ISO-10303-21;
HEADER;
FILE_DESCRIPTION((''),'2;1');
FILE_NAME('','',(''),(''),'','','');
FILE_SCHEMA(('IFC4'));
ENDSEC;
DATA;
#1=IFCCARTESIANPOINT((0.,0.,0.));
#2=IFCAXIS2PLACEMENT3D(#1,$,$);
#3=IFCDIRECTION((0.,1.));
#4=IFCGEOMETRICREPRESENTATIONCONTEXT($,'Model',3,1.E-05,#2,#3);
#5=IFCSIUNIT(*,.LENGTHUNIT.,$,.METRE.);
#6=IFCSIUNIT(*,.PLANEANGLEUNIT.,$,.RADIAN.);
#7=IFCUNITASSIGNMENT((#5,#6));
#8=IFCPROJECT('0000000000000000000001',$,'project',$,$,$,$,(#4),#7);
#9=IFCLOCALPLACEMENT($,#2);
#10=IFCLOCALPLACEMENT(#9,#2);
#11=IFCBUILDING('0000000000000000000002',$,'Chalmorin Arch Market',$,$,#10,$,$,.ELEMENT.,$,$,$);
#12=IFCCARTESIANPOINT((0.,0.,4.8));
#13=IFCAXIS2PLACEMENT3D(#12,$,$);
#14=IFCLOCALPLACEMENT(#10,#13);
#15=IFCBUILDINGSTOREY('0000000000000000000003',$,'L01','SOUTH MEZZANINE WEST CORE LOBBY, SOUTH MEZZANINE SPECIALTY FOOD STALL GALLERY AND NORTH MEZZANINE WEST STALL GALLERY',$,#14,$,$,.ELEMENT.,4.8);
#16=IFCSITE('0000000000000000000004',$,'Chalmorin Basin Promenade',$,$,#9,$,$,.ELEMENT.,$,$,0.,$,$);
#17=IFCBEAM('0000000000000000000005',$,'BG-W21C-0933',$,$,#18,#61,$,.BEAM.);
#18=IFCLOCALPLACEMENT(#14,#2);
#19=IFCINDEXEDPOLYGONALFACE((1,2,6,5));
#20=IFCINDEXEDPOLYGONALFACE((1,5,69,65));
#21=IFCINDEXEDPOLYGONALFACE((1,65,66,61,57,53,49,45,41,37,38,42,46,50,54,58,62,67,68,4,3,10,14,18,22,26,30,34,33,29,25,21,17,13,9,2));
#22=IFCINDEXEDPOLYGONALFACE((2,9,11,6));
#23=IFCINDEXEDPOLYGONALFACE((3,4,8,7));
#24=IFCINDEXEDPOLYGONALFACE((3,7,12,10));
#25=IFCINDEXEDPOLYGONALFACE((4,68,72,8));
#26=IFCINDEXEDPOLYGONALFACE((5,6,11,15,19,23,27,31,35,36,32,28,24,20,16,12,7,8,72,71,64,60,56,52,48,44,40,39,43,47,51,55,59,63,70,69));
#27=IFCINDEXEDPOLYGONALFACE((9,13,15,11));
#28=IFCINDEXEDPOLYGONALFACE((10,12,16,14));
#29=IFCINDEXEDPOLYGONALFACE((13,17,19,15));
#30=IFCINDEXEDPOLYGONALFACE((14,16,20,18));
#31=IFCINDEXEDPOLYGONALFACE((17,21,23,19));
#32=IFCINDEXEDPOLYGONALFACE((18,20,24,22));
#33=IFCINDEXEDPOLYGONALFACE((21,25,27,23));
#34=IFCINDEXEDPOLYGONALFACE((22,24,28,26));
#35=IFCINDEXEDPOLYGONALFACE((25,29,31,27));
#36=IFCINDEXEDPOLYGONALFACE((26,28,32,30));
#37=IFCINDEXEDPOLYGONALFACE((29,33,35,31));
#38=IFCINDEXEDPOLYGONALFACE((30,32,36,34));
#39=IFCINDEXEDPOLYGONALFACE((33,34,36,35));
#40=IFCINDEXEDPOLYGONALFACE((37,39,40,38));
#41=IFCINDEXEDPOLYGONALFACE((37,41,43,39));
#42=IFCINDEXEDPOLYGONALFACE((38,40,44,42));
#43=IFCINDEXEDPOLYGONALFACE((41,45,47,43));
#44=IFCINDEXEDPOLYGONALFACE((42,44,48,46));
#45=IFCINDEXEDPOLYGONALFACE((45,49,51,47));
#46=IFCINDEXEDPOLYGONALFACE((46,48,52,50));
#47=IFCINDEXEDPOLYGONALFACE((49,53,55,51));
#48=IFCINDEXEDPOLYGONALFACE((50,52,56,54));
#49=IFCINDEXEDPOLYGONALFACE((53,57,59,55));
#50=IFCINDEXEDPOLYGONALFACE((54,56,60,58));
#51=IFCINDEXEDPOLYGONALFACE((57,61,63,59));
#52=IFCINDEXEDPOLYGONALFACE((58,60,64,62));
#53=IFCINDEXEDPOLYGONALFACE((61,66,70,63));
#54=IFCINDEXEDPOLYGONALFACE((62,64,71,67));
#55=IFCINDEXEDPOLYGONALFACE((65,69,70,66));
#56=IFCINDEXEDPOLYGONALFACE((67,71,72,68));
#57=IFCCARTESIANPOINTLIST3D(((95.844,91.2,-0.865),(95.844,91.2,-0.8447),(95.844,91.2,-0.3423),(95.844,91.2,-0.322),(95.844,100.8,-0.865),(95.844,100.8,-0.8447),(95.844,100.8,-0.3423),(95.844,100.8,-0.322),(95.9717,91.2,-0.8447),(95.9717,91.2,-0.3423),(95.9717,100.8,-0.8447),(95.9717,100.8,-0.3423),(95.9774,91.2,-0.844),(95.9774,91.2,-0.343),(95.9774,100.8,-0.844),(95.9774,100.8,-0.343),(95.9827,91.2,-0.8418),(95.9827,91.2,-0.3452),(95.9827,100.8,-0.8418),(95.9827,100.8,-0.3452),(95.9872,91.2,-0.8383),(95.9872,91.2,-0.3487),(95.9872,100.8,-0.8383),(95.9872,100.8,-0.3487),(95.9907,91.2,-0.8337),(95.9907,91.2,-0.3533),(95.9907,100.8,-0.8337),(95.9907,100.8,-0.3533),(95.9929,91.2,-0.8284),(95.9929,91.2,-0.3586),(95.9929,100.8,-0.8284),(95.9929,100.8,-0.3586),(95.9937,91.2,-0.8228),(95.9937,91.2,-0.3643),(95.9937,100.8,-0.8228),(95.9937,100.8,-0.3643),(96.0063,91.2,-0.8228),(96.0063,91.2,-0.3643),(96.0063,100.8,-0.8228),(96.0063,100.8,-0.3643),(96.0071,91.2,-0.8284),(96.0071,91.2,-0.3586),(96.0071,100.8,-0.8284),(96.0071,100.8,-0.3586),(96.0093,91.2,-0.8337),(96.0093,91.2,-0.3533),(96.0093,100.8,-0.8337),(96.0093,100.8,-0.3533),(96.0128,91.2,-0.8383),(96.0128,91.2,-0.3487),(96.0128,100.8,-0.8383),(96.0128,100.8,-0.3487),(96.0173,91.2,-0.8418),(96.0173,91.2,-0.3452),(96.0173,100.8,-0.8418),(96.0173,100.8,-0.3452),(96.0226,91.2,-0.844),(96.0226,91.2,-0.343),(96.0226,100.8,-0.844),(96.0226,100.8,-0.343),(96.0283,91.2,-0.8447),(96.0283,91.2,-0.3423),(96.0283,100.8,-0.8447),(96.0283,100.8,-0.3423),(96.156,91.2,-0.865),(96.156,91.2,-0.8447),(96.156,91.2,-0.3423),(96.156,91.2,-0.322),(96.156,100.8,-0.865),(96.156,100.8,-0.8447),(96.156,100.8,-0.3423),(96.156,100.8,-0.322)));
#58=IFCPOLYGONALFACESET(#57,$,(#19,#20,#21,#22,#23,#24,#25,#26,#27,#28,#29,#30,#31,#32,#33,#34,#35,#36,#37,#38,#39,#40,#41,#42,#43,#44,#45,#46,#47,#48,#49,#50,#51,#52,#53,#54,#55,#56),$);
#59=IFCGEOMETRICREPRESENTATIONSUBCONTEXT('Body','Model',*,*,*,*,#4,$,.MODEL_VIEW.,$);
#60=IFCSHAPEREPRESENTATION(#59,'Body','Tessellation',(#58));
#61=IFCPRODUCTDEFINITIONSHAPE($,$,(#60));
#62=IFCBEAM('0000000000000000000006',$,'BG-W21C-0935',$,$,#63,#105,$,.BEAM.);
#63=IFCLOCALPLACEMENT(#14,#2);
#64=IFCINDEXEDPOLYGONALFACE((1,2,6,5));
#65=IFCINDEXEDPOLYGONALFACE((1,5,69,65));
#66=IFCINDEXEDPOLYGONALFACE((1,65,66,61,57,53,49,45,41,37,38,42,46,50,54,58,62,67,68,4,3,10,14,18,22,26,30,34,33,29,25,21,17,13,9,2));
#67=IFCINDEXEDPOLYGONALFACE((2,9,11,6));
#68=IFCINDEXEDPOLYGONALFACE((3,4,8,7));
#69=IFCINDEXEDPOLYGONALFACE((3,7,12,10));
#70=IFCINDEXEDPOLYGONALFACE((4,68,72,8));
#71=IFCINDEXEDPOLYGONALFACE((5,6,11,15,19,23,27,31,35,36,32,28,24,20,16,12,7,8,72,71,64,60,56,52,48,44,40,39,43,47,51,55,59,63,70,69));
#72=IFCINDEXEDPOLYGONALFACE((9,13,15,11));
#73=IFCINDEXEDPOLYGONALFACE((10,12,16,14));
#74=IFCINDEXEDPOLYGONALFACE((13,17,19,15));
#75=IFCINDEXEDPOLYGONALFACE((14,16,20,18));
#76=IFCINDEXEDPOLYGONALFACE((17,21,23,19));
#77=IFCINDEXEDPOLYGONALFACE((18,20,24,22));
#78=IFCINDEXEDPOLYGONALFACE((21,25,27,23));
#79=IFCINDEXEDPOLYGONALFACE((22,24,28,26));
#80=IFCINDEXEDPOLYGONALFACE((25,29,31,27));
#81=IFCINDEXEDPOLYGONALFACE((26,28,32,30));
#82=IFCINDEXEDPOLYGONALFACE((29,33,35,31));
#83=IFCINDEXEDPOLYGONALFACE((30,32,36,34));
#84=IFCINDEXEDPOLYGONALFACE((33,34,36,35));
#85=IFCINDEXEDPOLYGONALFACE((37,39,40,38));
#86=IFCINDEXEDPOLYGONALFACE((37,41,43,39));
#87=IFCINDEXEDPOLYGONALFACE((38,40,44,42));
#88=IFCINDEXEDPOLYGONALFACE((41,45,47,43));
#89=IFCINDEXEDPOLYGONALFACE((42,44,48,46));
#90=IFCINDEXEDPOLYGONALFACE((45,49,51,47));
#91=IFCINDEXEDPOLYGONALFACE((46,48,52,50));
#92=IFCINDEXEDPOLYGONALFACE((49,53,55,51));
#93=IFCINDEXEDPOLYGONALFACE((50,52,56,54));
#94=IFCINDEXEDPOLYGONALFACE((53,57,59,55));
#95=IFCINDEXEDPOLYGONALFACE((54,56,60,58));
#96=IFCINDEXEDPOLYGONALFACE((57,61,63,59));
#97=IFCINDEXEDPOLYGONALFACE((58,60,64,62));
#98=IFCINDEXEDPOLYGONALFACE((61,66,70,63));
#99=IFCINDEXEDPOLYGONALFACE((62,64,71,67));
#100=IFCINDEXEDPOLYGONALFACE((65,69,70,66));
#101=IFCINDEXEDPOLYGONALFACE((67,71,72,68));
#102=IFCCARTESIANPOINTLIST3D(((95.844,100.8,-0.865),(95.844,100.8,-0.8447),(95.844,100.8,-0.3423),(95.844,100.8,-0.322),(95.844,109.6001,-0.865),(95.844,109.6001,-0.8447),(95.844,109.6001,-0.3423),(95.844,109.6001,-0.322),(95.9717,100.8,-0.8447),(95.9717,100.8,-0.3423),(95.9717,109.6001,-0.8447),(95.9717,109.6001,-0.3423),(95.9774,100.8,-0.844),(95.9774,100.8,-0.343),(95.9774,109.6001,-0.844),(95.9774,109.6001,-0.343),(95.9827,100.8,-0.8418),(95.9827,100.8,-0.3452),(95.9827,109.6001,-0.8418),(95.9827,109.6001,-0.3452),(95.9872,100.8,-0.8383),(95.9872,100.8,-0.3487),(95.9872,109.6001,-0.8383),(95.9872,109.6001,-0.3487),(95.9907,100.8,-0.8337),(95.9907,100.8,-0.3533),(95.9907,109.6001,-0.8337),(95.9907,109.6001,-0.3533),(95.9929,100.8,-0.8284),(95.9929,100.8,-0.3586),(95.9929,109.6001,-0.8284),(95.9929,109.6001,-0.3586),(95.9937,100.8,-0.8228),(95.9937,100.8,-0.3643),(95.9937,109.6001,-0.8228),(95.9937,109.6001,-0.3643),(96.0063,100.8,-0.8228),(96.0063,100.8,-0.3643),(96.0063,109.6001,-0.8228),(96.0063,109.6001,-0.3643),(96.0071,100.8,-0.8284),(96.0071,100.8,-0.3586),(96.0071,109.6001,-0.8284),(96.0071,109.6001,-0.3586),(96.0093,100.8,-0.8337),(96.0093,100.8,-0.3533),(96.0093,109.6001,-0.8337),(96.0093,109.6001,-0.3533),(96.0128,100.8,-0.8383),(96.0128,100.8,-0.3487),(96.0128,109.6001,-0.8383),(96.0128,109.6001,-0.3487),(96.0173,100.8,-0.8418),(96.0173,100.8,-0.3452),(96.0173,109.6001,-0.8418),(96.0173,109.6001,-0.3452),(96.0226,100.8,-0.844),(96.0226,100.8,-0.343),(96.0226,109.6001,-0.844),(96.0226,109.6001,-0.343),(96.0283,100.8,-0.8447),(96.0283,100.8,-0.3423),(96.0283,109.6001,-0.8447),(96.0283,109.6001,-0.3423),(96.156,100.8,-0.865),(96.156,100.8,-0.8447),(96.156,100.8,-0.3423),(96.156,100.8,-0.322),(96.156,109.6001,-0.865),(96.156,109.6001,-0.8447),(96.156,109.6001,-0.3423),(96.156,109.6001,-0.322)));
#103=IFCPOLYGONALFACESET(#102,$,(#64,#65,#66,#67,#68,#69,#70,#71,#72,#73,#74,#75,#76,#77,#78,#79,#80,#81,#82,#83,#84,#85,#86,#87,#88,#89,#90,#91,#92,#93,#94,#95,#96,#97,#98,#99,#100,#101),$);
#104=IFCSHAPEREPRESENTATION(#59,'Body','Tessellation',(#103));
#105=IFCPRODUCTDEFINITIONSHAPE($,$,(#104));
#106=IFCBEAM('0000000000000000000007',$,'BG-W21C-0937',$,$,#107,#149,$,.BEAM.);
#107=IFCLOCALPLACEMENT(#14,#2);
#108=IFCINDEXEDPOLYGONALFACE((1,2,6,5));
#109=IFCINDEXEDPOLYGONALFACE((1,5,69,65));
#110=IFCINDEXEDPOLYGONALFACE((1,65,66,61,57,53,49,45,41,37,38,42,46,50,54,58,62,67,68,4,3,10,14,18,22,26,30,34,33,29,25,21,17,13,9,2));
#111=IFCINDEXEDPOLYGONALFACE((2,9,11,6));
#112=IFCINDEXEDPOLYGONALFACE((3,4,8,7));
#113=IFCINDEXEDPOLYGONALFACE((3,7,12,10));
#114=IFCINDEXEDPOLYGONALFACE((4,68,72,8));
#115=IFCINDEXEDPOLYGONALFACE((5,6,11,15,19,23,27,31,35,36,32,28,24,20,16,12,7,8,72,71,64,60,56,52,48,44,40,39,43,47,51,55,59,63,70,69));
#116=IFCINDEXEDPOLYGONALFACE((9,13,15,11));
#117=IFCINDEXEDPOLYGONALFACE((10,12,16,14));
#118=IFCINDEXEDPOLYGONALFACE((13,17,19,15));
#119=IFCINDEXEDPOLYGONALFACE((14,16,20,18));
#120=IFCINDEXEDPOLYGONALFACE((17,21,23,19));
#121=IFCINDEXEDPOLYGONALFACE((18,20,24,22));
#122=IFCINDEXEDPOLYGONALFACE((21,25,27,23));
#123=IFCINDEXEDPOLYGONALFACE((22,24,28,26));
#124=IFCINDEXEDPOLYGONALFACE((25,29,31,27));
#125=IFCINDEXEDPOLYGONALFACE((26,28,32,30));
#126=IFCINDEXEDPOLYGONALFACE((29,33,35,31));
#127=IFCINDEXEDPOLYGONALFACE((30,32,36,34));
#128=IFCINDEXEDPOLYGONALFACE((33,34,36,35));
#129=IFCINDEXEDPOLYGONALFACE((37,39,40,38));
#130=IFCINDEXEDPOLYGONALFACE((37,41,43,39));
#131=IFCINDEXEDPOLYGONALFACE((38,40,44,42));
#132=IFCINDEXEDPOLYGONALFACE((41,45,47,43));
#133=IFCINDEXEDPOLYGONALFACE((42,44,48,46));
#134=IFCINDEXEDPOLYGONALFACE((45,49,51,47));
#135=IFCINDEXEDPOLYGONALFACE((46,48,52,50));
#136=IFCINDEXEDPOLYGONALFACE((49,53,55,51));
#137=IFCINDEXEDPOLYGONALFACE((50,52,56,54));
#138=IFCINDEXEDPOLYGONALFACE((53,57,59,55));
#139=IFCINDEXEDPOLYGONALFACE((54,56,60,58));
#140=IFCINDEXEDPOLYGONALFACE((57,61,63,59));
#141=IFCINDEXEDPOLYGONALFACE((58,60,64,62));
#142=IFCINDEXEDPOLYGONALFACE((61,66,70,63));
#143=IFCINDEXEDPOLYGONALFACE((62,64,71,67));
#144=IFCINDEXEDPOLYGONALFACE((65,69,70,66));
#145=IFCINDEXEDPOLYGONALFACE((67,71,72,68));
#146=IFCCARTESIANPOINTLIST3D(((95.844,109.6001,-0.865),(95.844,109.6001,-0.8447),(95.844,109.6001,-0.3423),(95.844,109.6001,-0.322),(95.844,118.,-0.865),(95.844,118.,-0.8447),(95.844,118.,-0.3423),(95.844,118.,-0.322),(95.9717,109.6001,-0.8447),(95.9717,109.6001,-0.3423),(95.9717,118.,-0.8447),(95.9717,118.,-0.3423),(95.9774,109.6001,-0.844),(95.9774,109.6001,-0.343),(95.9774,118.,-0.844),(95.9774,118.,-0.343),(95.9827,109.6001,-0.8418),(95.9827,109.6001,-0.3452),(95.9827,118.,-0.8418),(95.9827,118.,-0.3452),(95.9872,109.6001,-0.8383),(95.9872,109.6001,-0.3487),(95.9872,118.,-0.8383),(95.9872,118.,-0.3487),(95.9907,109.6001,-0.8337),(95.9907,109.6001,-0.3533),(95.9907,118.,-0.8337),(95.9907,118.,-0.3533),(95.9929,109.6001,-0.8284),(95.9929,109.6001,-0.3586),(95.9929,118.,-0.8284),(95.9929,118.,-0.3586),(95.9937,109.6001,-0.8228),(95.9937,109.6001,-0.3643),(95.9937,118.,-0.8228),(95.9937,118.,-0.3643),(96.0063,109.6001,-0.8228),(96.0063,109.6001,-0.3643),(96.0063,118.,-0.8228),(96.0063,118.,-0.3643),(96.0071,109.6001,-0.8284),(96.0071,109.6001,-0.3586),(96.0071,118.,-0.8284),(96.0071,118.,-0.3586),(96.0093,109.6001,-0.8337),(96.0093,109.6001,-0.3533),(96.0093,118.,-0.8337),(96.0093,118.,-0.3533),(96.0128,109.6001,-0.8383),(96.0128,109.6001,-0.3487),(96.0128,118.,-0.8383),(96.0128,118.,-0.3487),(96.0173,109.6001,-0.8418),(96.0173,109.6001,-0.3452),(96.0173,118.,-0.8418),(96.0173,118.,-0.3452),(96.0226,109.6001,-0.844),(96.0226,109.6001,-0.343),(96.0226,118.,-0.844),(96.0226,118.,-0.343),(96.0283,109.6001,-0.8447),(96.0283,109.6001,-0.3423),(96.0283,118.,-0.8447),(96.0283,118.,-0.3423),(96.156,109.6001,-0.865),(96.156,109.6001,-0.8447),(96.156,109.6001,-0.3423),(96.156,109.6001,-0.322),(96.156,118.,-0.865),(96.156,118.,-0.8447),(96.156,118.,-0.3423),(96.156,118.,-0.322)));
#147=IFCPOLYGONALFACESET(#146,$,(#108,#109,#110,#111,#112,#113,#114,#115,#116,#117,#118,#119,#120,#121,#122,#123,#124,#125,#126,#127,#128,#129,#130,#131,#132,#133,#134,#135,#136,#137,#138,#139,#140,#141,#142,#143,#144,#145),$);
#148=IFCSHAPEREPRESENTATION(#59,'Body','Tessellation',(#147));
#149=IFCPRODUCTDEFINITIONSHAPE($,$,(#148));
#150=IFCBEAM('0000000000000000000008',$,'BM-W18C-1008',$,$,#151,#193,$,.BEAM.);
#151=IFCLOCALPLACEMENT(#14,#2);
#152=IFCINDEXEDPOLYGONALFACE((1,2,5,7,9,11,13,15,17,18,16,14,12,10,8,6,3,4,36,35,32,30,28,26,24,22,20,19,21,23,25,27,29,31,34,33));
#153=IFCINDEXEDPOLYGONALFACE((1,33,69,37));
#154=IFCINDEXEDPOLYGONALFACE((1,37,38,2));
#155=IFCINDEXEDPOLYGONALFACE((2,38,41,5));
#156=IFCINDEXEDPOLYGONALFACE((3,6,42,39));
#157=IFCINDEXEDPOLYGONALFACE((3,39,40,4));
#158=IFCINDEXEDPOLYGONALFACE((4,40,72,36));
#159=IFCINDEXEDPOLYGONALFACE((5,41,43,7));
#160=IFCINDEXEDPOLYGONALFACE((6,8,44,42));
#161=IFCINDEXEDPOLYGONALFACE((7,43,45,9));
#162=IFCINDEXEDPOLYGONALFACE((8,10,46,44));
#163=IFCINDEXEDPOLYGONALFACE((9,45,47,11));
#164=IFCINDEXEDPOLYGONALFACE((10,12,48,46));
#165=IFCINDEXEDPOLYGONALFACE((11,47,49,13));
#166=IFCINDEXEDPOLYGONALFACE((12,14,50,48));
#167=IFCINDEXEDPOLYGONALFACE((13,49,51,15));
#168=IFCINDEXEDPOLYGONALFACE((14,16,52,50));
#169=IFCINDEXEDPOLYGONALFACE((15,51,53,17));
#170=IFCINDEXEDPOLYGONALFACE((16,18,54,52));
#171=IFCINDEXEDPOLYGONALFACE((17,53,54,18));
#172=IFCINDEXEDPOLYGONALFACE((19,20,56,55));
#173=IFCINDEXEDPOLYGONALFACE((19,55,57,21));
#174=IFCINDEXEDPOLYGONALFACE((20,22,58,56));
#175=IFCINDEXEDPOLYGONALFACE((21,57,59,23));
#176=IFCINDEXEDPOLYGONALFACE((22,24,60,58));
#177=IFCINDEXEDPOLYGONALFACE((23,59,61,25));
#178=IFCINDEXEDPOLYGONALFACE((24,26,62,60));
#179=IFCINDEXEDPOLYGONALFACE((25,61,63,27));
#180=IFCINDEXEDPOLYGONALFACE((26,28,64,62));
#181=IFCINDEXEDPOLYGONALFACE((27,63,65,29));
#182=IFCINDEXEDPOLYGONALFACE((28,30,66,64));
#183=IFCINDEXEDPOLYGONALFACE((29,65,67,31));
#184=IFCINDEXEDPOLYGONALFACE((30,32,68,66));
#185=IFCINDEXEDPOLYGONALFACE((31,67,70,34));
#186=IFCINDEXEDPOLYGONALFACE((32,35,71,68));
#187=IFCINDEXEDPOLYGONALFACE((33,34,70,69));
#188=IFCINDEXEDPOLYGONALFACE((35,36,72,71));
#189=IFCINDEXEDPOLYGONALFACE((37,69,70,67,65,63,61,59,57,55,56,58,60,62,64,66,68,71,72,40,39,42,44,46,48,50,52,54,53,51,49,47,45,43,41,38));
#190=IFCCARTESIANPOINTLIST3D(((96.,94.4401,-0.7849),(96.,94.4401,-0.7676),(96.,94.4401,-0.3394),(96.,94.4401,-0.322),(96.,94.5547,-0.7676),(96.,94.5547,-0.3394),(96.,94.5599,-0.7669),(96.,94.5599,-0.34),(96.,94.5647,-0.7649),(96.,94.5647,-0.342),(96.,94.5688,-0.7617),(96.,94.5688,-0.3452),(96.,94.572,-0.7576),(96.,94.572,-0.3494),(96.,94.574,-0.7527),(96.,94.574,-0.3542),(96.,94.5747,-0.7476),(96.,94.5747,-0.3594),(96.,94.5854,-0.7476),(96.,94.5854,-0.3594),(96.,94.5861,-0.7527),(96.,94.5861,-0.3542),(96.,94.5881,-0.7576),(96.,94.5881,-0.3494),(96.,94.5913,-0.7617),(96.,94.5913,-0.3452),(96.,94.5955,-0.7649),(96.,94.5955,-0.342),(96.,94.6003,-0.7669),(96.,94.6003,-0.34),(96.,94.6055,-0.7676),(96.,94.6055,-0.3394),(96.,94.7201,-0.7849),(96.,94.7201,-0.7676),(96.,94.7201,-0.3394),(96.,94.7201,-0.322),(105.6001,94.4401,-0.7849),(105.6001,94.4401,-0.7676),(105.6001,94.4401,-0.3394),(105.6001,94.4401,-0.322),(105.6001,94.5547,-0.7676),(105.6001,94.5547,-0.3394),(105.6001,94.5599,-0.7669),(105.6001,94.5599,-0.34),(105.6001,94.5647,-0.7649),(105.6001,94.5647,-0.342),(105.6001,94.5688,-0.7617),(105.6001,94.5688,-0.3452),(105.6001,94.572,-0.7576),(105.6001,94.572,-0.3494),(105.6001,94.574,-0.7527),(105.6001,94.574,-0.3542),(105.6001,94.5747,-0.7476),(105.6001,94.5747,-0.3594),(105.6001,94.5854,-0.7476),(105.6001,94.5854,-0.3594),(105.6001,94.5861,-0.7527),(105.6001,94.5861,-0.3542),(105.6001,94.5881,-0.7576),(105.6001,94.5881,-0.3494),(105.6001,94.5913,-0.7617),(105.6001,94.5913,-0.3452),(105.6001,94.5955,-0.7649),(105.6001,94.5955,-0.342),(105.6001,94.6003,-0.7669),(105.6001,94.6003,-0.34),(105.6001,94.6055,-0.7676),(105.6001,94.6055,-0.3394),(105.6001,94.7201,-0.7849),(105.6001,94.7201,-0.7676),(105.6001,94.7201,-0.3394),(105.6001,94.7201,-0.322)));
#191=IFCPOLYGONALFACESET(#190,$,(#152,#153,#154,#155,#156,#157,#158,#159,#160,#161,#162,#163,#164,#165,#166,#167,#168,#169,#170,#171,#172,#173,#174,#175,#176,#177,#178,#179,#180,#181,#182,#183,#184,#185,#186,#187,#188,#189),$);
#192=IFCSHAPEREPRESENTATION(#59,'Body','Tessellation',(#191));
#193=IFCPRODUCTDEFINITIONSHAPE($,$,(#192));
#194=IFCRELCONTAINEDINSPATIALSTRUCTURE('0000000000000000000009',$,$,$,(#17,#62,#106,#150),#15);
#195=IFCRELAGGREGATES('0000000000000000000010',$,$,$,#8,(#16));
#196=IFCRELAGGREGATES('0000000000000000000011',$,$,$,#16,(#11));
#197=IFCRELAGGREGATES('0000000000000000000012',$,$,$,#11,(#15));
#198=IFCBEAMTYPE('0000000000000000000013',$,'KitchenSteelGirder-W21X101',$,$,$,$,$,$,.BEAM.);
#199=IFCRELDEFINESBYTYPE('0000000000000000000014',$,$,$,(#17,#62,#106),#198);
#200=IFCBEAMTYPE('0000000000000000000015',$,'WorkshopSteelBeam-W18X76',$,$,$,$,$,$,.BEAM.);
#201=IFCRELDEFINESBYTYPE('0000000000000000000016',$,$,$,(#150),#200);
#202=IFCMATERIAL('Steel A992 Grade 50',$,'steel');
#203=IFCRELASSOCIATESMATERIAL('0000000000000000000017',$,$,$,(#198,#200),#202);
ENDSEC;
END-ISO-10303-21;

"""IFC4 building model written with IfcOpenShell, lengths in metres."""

from ifc_helpers import new_model, si_unit, direction, frame, origin, origin_2d, place, context, subcontext, project, spatial, i_section, extrude, material, material_profile, profile_set, type_object, element, save


model = new_model("IFC4")

# Units and contexts
model_context = context("Model", 3, precision=1e-05, world=origin(), true_north=direction((0.0, 1.0)))
body_context = subcontext(model_context, "Body", "Model", "MODEL_VIEW")
ifc_project = project(units=[si_unit("LENGTHUNIT", "METRE"), si_unit("PLANEANGLEUNIT", "RADIAN")], contexts=[model_context])

# Site, building, storey
site_placement = place(None, origin())
site = spatial("IfcSite", under=ifc_project, at=site_placement, Name="Chalmorin Basin Promenade", CompositionType="ELEMENT", RefElevation=0.0)
building_placement = place(site_placement, origin())
building = spatial("IfcBuilding", under=site, at=building_placement, Name="Chalmorin Arch Market", CompositionType="ELEMENT")
storey_placement = place(building_placement, frame((0.0, 0.0, 4.8)))
storey = spatial("IfcBuildingStorey", under=building, at=storey_placement, Name="L01", Description="SOUTH MEZZANINE WEST CORE LOBBY, SOUTH MEZZANINE SPECIALTY FOOD STALL GALLERY AND NORTH MEZZANINE WEST STALL GALLERY", CompositionType="ELEMENT", Elevation=4.8)

# Beams
ifc_material_1 = material(Name="Steel A992 Grade 50", Category="steel")
ifc_material_profile_1 = material_profile(ifc_material_1, i_section(OverallWidth=0.312, OverallDepth=0.543, WebThickness=0.0127, FlangeThickness=0.0203, FilletRadius=0.022, at=origin_2d()), Name="W21X101")
ifc_profile_set_1 = profile_set([ifc_material_profile_1], Name="Steel A992 Grade 50")
beam_type_1 = type_object("IfcBeamType", Name="KitchenSteelGirder-W21X101", PredefinedType="BEAM", material=ifc_profile_set_1)
beam_1_placement = place(storey_placement, frame((96.0, 91.2, -0.5935), z_axis=(0.0, 1.0, 0.0), x_axis=(-1.0, 0.0, 0.0)))
element("IfcBeam", 1, at=beam_1_placement, inside=storey, type_object=beam_type_1, Name="BG-W21C-0933", PredefinedType="BEAM", context=body_context, shape_type="SweptSolid", body=[
    extrude(i_section(OverallWidth=0.312, OverallDepth=0.543, WebThickness=0.0127, FlangeThickness=0.0203, FilletRadius=0.022, at=origin_2d()), origin(), (0.0, 0.0, 1.0), 9.6001),
])
beam_2_placement = place(storey_placement, frame((96.0, 100.8, -0.5935), z_axis=(0.0, 1.0, 0.0), x_axis=(-1.0, 0.0, 0.0)))
element("IfcBeam", 2, at=beam_2_placement, inside=storey, type_object=beam_type_1, Name="BG-W21C-0935", PredefinedType="BEAM", context=body_context, shape_type="SweptSolid", body=[
    extrude(i_section(OverallWidth=0.312, OverallDepth=0.543, WebThickness=0.0127, FlangeThickness=0.0203, FilletRadius=0.022, at=origin_2d()), origin(), (0.0, 0.0, 1.0), 8.8),
])
beam_3_placement = place(storey_placement, frame((96.0, 109.6001, -0.5935), z_axis=(0.0, 1.0, 0.0), x_axis=(-1.0, 0.0, 0.0)))
element("IfcBeam", 3, at=beam_3_placement, inside=storey, type_object=beam_type_1, Name="BG-W21C-0937", PredefinedType="BEAM", context=body_context, shape_type="SweptSolid", body=[
    extrude(i_section(OverallWidth=0.312, OverallDepth=0.543, WebThickness=0.0127, FlangeThickness=0.0203, FilletRadius=0.022, at=origin_2d()), origin(), (0.0, 0.0, 1.0), 8.3999),
])
ifc_material_profile_2 = material_profile(ifc_material_1, i_section(OverallWidth=0.28, OverallDepth=0.4629, WebThickness=0.0107, FlangeThickness=0.0173, FilletRadius=0.02, at=origin_2d()), Name="W18X76")
ifc_profile_set_2 = profile_set([ifc_material_profile_2], Name="Steel A992 Grade 50")
beam_type_2 = type_object("IfcBeamType", Name="WorkshopSteelBeam-W18X76", PredefinedType="BEAM", material=ifc_profile_set_2)
for number, where, z_axis, x_axis, name in (
    (4, (96.0, 94.5801, -0.5535), (1.0, 0.0, 0.0), (0.0, 1.0, 0.0), "BM-W18C-1008"),
):
    element("IfcBeam", number, at=place(storey_placement, frame(where, z_axis=z_axis, x_axis=x_axis)), inside=storey, type_object=beam_type_2, Name=name, PredefinedType="BEAM", context=body_context, shape_type="SweptSolid", body=[
        extrude(i_section(OverallWidth=0.28, OverallDepth=0.4629, WebThickness=0.0107, FlangeThickness=0.0173, FilletRadius=0.02, at=origin_2d()), origin(), (0.0, 0.0, 1.0), 9.6001),
    ])

save(model, "model.ifc")
